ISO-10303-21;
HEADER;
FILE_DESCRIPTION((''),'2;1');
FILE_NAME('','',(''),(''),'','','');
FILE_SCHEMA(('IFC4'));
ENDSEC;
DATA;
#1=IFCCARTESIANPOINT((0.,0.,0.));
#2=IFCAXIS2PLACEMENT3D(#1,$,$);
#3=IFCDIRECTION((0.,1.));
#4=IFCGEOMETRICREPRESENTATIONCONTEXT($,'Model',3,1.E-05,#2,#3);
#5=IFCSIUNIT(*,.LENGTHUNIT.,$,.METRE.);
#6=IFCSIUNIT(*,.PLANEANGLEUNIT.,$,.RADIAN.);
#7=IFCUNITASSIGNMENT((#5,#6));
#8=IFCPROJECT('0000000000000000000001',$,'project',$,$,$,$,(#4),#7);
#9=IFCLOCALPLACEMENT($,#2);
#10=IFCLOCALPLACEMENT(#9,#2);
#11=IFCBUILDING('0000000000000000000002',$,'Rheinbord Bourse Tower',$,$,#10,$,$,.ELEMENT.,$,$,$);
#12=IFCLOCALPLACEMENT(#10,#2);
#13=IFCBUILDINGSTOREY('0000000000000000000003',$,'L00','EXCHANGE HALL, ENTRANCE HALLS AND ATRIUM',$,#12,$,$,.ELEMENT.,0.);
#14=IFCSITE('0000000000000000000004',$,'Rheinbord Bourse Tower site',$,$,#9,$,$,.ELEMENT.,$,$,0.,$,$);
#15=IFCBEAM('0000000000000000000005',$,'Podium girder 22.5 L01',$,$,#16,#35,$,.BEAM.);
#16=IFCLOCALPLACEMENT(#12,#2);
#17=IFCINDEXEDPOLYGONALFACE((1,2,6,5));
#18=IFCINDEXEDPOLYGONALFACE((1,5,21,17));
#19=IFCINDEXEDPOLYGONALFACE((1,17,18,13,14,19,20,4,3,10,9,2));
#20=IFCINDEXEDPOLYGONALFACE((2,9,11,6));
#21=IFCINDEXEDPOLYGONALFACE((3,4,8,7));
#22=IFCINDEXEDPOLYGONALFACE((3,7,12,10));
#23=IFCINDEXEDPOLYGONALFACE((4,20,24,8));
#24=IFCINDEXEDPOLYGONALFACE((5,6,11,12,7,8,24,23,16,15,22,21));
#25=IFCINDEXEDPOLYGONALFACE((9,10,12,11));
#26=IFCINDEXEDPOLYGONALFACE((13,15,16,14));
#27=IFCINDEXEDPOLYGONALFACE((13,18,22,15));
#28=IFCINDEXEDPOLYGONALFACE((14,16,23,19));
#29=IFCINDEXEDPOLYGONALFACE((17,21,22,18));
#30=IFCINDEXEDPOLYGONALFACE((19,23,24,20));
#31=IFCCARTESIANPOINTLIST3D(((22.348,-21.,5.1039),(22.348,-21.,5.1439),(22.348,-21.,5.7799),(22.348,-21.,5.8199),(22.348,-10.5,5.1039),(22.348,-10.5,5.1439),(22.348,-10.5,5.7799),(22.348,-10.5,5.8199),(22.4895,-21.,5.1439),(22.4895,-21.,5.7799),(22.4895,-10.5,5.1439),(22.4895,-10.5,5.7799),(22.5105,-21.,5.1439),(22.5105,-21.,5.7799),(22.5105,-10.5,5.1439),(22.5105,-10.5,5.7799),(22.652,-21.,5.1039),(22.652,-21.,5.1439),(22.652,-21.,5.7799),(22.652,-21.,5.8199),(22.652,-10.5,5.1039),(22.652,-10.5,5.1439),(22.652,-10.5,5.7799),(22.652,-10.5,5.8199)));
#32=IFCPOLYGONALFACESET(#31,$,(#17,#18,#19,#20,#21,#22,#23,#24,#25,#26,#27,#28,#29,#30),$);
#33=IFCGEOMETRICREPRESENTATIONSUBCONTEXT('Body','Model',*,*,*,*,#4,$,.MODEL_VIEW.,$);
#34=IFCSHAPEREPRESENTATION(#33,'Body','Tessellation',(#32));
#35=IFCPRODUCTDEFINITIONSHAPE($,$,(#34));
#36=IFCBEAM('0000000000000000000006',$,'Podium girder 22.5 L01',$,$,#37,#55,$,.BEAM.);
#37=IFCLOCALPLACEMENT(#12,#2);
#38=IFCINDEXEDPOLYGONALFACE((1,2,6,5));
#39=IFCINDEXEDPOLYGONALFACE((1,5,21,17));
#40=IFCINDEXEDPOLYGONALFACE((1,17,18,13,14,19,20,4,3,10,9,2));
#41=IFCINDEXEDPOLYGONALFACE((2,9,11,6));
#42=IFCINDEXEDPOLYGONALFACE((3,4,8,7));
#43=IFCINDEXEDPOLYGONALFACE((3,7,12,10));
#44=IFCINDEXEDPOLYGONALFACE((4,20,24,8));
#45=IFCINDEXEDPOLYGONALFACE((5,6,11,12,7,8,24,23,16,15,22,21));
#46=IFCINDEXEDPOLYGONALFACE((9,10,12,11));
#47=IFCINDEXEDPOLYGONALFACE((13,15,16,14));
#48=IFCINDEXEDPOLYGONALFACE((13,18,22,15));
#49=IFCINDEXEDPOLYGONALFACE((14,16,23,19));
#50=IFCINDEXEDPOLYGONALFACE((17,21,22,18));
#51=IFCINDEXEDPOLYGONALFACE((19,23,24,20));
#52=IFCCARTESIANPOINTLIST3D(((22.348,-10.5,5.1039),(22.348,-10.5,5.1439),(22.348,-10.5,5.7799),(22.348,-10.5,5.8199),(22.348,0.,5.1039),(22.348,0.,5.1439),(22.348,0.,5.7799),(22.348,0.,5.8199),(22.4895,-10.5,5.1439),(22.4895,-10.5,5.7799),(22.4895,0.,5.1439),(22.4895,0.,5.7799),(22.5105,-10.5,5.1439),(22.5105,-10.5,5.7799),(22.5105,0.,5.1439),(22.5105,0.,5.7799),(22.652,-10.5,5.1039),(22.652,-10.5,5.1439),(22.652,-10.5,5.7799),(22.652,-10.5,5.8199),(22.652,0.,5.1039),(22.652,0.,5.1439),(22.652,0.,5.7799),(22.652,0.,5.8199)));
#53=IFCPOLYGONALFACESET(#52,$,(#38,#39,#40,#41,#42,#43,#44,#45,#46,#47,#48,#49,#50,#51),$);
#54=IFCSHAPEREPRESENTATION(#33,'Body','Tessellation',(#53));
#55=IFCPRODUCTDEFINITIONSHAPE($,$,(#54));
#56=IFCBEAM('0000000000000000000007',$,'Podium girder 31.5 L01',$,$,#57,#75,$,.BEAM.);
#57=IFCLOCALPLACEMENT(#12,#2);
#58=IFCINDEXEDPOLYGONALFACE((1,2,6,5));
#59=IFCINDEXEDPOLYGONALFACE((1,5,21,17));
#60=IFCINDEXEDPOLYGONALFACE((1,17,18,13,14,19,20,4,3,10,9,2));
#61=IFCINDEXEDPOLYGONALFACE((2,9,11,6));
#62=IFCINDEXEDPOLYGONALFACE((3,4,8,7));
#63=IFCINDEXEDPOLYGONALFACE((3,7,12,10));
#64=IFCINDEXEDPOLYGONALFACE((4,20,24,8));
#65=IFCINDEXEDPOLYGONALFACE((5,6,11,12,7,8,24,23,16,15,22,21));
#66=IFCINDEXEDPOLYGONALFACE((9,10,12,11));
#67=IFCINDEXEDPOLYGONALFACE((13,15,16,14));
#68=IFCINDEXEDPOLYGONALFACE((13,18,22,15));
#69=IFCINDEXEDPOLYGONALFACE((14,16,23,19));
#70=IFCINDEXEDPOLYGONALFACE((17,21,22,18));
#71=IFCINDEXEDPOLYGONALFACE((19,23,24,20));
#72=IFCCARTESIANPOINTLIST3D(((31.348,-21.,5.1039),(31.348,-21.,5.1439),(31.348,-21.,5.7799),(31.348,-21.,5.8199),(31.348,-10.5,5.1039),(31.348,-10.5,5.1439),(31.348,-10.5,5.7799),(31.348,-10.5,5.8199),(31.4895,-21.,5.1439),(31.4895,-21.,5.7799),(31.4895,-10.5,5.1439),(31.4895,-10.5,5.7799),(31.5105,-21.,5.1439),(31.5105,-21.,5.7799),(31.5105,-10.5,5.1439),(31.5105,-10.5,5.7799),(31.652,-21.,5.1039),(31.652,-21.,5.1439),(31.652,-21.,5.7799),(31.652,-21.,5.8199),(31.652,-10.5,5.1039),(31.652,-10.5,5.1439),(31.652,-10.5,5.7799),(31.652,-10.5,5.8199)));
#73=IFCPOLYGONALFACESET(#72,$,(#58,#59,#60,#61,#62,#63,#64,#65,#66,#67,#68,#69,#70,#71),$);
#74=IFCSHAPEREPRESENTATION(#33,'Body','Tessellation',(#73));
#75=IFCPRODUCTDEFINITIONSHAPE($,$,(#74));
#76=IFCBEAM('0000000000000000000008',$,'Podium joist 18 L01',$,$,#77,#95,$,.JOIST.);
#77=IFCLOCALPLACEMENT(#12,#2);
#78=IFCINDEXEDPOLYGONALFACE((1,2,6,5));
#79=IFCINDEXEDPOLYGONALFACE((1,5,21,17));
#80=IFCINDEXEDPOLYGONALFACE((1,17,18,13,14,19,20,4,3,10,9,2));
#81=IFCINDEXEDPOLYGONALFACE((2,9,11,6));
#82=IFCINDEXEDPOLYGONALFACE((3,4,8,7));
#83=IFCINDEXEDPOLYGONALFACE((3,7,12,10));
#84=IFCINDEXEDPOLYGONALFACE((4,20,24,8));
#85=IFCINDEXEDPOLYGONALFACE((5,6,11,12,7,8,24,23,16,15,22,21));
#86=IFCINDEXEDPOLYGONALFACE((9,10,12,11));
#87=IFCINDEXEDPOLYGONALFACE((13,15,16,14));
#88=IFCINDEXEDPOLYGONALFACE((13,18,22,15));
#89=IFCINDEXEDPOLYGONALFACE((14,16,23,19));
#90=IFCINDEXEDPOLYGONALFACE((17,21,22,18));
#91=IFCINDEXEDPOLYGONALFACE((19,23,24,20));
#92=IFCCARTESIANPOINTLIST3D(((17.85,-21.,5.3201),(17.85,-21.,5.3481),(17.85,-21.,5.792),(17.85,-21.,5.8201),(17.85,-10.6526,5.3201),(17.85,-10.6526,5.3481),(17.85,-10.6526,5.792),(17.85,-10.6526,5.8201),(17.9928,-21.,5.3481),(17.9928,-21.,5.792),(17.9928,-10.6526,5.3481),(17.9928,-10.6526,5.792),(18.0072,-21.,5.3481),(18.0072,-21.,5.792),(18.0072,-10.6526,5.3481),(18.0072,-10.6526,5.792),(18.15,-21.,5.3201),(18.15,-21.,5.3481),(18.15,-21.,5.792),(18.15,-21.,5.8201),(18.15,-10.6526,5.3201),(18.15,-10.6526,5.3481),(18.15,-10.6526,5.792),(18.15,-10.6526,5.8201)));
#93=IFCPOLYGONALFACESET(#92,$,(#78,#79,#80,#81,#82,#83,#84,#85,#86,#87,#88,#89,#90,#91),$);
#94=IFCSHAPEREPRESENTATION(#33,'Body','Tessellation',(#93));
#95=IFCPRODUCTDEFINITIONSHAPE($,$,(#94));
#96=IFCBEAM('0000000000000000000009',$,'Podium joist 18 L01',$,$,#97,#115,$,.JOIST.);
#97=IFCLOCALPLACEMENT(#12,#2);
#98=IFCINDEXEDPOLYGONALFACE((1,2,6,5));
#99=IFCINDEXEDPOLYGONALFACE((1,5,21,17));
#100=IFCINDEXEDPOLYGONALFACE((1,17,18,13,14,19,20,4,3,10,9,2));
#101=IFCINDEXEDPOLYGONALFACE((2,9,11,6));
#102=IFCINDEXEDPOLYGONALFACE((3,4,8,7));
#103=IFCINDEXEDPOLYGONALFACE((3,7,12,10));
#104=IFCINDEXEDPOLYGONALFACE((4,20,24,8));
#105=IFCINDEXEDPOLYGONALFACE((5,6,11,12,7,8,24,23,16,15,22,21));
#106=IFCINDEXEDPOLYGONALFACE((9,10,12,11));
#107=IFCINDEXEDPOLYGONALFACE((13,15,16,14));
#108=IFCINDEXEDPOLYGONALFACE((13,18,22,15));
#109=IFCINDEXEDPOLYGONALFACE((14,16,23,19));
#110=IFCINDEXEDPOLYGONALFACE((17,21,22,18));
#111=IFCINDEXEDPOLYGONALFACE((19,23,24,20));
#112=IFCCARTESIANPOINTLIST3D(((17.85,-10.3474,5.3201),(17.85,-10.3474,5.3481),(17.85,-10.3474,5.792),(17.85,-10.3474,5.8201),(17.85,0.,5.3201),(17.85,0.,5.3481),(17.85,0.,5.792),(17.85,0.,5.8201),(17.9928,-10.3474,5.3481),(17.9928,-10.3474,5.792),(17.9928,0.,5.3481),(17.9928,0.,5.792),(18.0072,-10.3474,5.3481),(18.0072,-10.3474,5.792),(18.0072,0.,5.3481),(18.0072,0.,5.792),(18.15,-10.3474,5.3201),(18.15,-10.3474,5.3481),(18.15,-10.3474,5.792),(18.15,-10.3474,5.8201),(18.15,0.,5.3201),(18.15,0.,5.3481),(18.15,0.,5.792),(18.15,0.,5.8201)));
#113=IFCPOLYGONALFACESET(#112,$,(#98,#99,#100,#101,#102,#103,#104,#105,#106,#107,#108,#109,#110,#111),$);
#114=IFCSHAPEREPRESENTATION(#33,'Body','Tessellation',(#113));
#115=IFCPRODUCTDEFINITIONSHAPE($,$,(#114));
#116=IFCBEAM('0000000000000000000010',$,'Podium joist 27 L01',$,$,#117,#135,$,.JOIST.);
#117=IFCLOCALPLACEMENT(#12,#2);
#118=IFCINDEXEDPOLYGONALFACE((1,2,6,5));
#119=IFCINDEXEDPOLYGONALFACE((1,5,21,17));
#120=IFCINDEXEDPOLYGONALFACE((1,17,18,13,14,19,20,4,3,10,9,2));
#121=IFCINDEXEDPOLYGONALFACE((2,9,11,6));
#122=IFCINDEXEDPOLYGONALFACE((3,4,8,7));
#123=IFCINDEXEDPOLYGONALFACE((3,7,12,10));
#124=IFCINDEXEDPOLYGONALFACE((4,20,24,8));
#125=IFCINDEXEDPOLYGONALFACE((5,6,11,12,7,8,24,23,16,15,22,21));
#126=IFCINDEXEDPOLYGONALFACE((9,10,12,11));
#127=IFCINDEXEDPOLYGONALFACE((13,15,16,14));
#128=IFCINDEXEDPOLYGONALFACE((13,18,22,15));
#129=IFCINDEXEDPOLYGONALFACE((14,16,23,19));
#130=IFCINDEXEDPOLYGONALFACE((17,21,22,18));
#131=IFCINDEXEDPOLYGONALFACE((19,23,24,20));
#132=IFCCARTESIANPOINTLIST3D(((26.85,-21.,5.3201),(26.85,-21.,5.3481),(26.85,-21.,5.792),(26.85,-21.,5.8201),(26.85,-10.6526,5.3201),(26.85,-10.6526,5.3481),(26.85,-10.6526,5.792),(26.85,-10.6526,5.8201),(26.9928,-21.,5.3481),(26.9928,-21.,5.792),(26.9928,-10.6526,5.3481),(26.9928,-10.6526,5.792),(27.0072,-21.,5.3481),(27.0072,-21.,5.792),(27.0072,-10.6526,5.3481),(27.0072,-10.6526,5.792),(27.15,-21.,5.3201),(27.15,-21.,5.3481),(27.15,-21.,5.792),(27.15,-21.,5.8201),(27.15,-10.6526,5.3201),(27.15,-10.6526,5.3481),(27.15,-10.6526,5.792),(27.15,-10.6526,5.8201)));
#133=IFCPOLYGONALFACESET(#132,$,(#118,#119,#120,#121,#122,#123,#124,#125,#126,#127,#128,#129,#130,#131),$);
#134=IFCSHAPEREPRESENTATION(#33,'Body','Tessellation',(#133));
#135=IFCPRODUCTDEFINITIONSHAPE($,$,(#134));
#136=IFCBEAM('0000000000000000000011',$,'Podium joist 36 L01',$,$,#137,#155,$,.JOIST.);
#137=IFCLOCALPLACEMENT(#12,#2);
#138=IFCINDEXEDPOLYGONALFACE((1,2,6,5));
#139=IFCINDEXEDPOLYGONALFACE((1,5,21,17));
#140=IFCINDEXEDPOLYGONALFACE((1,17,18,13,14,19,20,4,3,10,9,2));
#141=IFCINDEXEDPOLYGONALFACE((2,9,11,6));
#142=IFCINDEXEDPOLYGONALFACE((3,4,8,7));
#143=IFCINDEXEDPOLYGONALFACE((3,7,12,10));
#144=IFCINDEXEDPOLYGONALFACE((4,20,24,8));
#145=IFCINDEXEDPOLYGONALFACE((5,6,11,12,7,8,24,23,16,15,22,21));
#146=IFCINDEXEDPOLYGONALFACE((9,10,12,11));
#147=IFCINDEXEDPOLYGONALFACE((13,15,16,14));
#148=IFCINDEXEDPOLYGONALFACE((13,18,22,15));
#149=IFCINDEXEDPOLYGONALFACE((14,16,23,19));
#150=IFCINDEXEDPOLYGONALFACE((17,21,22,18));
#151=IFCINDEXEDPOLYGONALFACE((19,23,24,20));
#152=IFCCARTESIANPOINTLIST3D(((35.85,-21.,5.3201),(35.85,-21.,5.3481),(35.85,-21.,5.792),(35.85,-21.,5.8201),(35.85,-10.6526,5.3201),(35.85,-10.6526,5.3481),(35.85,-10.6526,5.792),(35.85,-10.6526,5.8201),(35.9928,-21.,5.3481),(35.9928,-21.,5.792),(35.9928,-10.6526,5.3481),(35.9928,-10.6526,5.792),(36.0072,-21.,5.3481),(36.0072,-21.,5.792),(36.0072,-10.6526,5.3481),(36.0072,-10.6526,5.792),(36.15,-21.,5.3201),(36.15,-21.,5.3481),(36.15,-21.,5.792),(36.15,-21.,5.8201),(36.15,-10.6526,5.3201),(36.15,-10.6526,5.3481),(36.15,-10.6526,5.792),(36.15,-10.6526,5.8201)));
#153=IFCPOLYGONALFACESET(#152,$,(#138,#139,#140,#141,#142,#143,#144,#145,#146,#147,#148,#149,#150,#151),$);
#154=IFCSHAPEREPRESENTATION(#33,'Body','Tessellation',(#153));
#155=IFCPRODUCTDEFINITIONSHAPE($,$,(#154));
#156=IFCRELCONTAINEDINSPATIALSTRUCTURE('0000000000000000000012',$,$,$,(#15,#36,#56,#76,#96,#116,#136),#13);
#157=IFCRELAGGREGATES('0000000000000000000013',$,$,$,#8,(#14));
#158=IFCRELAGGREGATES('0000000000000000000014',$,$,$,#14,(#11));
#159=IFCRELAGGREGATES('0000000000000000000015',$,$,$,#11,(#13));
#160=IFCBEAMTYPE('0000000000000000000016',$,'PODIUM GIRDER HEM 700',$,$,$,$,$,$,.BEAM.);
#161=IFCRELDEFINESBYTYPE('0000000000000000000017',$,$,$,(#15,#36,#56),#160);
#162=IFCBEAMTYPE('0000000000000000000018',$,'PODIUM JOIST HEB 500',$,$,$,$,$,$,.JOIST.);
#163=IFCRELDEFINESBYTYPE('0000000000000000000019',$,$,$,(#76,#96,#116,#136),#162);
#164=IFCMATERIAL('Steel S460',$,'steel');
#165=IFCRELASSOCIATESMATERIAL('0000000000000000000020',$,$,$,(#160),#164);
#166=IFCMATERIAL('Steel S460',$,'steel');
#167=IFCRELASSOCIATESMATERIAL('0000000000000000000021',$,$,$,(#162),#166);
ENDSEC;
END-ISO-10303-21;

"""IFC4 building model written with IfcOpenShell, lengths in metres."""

from ifc_helpers import new_model, si_unit, direction, frame, origin, origin_2d, place, context, subcontext, project, spatial, i_section, extrude, material, material_profile, profile_set, type_object, element, save


model = new_model("IFC4")

# Units and contexts
model_context = context("Model", 3, precision=1e-05, world=origin(), true_north=direction((0.0, 1.0)))
body_context = subcontext(model_context, "Body", "Model", "MODEL_VIEW")
ifc_project = project(units=[si_unit("LENGTHUNIT", "METRE"), si_unit("PLANEANGLEUNIT", "RADIAN")], contexts=[model_context])

# Site, building, storey
site_placement = place(None, origin())
site = spatial("IfcSite", under=ifc_project, at=site_placement, Name="Rheinbord Bourse Tower site", CompositionType="ELEMENT", RefElevation=0.0)
building_placement = place(site_placement, origin())
building = spatial("IfcBuilding", under=site, at=building_placement, Name="Rheinbord Bourse Tower", CompositionType="ELEMENT")
storey_placement = place(building_placement, origin())
storey = spatial("IfcBuildingStorey", under=building, at=storey_placement, Name="L00", Description="EXCHANGE HALL, ENTRANCE HALLS AND ATRIUM", CompositionType="ELEMENT", Elevation=0.0)

# Beams
ifc_material_1 = material(Name="Steel S460", Category="steel")
ifc_material_profile_1 = material_profile(ifc_material_1, i_section(OverallWidth=0.304, OverallDepth=0.7161, WebThickness=0.021, FlangeThickness=0.04, at=origin_2d()), Name="HEM 700")
ifc_profile_set_1 = profile_set([ifc_material_profile_1], Name="Steel S460")
beam_type_1 = type_object("IfcBeamType", Name="PODIUM GIRDER HEM 700", PredefinedType="BEAM", material=ifc_profile_set_1)
for number, where, z_axis, x_axis, name in (
    (1, (22.5, -21.0, 5.4619), (0.0, 1.0, 0.0), (-1.0, 0.0, 0.0), "Podium girder 22.5 L01"),
    (2, (22.5, -10.5, 5.4619), (0.0, 1.0, 0.0), (-1.0, 0.0, 0.0), "Podium girder 22.5 L01"),
    (3, (31.5, -21.0, 5.4619), (0.0, 1.0, 0.0), (-1.0, 0.0, 0.0), "Podium girder 31.5 L01"),
):
    element("IfcBeam", number, at=place(storey_placement, frame(where, z_axis=z_axis, x_axis=x_axis)), inside=storey, type_object=beam_type_1, Name=name, PredefinedType="BEAM", context=body_context, shape_type="SweptSolid", body=[
        extrude(i_section(OverallWidth=0.304, OverallDepth=0.7161, WebThickness=0.021, FlangeThickness=0.04, at=origin_2d()), origin(), (0.0, 0.0, 1.0), 10.5),
    ])
ifc_material_2 = material(Name="Steel S460", Category="steel")
ifc_material_profile_2 = material_profile(ifc_material_2, i_section(OverallWidth=0.3, OverallDepth=0.5, WebThickness=0.0144, FlangeThickness=0.0281, at=origin_2d()), Name="HEB 500")
ifc_profile_set_2 = profile_set([ifc_material_profile_2], Name="Steel S460")
beam_type_2 = type_object("IfcBeamType", Name="PODIUM JOIST HEB 500", PredefinedType="JOIST", material=ifc_profile_set_2)
for number, where, z_axis, x_axis, name in (
    (4, (18.0, -21.0, 5.5701), (0.0, 1.0, 0.0), (-1.0, 0.0, 0.0), "Podium joist 18 L01"),
    (5, (18.0, -10.3474, 5.5701), (0.0, 1.0, 0.0), (-1.0, 0.0, 0.0), "Podium joist 18 L01"),
    (6, (27.0, -21.0, 5.5701), (0.0, 1.0, 0.0), (-1.0, 0.0, 0.0), "Podium joist 27 L01"),
    (7, (36.0, -21.0, 5.5701), (0.0, 1.0, 0.0), (-1.0, 0.0, 0.0), "Podium joist 36 L01"),
):
    element("IfcBeam", number, at=place(storey_placement, frame(where, z_axis=z_axis, x_axis=x_axis)), inside=storey, type_object=beam_type_2, Name=name, PredefinedType="JOIST", context=body_context, shape_type="SweptSolid", body=[
        extrude(i_section(OverallWidth=0.3, OverallDepth=0.5, WebThickness=0.0144, FlangeThickness=0.0281, at=origin_2d()), origin(), (0.0, 0.0, 1.0), 10.3474),
    ])

save(model, "model.ifc")
